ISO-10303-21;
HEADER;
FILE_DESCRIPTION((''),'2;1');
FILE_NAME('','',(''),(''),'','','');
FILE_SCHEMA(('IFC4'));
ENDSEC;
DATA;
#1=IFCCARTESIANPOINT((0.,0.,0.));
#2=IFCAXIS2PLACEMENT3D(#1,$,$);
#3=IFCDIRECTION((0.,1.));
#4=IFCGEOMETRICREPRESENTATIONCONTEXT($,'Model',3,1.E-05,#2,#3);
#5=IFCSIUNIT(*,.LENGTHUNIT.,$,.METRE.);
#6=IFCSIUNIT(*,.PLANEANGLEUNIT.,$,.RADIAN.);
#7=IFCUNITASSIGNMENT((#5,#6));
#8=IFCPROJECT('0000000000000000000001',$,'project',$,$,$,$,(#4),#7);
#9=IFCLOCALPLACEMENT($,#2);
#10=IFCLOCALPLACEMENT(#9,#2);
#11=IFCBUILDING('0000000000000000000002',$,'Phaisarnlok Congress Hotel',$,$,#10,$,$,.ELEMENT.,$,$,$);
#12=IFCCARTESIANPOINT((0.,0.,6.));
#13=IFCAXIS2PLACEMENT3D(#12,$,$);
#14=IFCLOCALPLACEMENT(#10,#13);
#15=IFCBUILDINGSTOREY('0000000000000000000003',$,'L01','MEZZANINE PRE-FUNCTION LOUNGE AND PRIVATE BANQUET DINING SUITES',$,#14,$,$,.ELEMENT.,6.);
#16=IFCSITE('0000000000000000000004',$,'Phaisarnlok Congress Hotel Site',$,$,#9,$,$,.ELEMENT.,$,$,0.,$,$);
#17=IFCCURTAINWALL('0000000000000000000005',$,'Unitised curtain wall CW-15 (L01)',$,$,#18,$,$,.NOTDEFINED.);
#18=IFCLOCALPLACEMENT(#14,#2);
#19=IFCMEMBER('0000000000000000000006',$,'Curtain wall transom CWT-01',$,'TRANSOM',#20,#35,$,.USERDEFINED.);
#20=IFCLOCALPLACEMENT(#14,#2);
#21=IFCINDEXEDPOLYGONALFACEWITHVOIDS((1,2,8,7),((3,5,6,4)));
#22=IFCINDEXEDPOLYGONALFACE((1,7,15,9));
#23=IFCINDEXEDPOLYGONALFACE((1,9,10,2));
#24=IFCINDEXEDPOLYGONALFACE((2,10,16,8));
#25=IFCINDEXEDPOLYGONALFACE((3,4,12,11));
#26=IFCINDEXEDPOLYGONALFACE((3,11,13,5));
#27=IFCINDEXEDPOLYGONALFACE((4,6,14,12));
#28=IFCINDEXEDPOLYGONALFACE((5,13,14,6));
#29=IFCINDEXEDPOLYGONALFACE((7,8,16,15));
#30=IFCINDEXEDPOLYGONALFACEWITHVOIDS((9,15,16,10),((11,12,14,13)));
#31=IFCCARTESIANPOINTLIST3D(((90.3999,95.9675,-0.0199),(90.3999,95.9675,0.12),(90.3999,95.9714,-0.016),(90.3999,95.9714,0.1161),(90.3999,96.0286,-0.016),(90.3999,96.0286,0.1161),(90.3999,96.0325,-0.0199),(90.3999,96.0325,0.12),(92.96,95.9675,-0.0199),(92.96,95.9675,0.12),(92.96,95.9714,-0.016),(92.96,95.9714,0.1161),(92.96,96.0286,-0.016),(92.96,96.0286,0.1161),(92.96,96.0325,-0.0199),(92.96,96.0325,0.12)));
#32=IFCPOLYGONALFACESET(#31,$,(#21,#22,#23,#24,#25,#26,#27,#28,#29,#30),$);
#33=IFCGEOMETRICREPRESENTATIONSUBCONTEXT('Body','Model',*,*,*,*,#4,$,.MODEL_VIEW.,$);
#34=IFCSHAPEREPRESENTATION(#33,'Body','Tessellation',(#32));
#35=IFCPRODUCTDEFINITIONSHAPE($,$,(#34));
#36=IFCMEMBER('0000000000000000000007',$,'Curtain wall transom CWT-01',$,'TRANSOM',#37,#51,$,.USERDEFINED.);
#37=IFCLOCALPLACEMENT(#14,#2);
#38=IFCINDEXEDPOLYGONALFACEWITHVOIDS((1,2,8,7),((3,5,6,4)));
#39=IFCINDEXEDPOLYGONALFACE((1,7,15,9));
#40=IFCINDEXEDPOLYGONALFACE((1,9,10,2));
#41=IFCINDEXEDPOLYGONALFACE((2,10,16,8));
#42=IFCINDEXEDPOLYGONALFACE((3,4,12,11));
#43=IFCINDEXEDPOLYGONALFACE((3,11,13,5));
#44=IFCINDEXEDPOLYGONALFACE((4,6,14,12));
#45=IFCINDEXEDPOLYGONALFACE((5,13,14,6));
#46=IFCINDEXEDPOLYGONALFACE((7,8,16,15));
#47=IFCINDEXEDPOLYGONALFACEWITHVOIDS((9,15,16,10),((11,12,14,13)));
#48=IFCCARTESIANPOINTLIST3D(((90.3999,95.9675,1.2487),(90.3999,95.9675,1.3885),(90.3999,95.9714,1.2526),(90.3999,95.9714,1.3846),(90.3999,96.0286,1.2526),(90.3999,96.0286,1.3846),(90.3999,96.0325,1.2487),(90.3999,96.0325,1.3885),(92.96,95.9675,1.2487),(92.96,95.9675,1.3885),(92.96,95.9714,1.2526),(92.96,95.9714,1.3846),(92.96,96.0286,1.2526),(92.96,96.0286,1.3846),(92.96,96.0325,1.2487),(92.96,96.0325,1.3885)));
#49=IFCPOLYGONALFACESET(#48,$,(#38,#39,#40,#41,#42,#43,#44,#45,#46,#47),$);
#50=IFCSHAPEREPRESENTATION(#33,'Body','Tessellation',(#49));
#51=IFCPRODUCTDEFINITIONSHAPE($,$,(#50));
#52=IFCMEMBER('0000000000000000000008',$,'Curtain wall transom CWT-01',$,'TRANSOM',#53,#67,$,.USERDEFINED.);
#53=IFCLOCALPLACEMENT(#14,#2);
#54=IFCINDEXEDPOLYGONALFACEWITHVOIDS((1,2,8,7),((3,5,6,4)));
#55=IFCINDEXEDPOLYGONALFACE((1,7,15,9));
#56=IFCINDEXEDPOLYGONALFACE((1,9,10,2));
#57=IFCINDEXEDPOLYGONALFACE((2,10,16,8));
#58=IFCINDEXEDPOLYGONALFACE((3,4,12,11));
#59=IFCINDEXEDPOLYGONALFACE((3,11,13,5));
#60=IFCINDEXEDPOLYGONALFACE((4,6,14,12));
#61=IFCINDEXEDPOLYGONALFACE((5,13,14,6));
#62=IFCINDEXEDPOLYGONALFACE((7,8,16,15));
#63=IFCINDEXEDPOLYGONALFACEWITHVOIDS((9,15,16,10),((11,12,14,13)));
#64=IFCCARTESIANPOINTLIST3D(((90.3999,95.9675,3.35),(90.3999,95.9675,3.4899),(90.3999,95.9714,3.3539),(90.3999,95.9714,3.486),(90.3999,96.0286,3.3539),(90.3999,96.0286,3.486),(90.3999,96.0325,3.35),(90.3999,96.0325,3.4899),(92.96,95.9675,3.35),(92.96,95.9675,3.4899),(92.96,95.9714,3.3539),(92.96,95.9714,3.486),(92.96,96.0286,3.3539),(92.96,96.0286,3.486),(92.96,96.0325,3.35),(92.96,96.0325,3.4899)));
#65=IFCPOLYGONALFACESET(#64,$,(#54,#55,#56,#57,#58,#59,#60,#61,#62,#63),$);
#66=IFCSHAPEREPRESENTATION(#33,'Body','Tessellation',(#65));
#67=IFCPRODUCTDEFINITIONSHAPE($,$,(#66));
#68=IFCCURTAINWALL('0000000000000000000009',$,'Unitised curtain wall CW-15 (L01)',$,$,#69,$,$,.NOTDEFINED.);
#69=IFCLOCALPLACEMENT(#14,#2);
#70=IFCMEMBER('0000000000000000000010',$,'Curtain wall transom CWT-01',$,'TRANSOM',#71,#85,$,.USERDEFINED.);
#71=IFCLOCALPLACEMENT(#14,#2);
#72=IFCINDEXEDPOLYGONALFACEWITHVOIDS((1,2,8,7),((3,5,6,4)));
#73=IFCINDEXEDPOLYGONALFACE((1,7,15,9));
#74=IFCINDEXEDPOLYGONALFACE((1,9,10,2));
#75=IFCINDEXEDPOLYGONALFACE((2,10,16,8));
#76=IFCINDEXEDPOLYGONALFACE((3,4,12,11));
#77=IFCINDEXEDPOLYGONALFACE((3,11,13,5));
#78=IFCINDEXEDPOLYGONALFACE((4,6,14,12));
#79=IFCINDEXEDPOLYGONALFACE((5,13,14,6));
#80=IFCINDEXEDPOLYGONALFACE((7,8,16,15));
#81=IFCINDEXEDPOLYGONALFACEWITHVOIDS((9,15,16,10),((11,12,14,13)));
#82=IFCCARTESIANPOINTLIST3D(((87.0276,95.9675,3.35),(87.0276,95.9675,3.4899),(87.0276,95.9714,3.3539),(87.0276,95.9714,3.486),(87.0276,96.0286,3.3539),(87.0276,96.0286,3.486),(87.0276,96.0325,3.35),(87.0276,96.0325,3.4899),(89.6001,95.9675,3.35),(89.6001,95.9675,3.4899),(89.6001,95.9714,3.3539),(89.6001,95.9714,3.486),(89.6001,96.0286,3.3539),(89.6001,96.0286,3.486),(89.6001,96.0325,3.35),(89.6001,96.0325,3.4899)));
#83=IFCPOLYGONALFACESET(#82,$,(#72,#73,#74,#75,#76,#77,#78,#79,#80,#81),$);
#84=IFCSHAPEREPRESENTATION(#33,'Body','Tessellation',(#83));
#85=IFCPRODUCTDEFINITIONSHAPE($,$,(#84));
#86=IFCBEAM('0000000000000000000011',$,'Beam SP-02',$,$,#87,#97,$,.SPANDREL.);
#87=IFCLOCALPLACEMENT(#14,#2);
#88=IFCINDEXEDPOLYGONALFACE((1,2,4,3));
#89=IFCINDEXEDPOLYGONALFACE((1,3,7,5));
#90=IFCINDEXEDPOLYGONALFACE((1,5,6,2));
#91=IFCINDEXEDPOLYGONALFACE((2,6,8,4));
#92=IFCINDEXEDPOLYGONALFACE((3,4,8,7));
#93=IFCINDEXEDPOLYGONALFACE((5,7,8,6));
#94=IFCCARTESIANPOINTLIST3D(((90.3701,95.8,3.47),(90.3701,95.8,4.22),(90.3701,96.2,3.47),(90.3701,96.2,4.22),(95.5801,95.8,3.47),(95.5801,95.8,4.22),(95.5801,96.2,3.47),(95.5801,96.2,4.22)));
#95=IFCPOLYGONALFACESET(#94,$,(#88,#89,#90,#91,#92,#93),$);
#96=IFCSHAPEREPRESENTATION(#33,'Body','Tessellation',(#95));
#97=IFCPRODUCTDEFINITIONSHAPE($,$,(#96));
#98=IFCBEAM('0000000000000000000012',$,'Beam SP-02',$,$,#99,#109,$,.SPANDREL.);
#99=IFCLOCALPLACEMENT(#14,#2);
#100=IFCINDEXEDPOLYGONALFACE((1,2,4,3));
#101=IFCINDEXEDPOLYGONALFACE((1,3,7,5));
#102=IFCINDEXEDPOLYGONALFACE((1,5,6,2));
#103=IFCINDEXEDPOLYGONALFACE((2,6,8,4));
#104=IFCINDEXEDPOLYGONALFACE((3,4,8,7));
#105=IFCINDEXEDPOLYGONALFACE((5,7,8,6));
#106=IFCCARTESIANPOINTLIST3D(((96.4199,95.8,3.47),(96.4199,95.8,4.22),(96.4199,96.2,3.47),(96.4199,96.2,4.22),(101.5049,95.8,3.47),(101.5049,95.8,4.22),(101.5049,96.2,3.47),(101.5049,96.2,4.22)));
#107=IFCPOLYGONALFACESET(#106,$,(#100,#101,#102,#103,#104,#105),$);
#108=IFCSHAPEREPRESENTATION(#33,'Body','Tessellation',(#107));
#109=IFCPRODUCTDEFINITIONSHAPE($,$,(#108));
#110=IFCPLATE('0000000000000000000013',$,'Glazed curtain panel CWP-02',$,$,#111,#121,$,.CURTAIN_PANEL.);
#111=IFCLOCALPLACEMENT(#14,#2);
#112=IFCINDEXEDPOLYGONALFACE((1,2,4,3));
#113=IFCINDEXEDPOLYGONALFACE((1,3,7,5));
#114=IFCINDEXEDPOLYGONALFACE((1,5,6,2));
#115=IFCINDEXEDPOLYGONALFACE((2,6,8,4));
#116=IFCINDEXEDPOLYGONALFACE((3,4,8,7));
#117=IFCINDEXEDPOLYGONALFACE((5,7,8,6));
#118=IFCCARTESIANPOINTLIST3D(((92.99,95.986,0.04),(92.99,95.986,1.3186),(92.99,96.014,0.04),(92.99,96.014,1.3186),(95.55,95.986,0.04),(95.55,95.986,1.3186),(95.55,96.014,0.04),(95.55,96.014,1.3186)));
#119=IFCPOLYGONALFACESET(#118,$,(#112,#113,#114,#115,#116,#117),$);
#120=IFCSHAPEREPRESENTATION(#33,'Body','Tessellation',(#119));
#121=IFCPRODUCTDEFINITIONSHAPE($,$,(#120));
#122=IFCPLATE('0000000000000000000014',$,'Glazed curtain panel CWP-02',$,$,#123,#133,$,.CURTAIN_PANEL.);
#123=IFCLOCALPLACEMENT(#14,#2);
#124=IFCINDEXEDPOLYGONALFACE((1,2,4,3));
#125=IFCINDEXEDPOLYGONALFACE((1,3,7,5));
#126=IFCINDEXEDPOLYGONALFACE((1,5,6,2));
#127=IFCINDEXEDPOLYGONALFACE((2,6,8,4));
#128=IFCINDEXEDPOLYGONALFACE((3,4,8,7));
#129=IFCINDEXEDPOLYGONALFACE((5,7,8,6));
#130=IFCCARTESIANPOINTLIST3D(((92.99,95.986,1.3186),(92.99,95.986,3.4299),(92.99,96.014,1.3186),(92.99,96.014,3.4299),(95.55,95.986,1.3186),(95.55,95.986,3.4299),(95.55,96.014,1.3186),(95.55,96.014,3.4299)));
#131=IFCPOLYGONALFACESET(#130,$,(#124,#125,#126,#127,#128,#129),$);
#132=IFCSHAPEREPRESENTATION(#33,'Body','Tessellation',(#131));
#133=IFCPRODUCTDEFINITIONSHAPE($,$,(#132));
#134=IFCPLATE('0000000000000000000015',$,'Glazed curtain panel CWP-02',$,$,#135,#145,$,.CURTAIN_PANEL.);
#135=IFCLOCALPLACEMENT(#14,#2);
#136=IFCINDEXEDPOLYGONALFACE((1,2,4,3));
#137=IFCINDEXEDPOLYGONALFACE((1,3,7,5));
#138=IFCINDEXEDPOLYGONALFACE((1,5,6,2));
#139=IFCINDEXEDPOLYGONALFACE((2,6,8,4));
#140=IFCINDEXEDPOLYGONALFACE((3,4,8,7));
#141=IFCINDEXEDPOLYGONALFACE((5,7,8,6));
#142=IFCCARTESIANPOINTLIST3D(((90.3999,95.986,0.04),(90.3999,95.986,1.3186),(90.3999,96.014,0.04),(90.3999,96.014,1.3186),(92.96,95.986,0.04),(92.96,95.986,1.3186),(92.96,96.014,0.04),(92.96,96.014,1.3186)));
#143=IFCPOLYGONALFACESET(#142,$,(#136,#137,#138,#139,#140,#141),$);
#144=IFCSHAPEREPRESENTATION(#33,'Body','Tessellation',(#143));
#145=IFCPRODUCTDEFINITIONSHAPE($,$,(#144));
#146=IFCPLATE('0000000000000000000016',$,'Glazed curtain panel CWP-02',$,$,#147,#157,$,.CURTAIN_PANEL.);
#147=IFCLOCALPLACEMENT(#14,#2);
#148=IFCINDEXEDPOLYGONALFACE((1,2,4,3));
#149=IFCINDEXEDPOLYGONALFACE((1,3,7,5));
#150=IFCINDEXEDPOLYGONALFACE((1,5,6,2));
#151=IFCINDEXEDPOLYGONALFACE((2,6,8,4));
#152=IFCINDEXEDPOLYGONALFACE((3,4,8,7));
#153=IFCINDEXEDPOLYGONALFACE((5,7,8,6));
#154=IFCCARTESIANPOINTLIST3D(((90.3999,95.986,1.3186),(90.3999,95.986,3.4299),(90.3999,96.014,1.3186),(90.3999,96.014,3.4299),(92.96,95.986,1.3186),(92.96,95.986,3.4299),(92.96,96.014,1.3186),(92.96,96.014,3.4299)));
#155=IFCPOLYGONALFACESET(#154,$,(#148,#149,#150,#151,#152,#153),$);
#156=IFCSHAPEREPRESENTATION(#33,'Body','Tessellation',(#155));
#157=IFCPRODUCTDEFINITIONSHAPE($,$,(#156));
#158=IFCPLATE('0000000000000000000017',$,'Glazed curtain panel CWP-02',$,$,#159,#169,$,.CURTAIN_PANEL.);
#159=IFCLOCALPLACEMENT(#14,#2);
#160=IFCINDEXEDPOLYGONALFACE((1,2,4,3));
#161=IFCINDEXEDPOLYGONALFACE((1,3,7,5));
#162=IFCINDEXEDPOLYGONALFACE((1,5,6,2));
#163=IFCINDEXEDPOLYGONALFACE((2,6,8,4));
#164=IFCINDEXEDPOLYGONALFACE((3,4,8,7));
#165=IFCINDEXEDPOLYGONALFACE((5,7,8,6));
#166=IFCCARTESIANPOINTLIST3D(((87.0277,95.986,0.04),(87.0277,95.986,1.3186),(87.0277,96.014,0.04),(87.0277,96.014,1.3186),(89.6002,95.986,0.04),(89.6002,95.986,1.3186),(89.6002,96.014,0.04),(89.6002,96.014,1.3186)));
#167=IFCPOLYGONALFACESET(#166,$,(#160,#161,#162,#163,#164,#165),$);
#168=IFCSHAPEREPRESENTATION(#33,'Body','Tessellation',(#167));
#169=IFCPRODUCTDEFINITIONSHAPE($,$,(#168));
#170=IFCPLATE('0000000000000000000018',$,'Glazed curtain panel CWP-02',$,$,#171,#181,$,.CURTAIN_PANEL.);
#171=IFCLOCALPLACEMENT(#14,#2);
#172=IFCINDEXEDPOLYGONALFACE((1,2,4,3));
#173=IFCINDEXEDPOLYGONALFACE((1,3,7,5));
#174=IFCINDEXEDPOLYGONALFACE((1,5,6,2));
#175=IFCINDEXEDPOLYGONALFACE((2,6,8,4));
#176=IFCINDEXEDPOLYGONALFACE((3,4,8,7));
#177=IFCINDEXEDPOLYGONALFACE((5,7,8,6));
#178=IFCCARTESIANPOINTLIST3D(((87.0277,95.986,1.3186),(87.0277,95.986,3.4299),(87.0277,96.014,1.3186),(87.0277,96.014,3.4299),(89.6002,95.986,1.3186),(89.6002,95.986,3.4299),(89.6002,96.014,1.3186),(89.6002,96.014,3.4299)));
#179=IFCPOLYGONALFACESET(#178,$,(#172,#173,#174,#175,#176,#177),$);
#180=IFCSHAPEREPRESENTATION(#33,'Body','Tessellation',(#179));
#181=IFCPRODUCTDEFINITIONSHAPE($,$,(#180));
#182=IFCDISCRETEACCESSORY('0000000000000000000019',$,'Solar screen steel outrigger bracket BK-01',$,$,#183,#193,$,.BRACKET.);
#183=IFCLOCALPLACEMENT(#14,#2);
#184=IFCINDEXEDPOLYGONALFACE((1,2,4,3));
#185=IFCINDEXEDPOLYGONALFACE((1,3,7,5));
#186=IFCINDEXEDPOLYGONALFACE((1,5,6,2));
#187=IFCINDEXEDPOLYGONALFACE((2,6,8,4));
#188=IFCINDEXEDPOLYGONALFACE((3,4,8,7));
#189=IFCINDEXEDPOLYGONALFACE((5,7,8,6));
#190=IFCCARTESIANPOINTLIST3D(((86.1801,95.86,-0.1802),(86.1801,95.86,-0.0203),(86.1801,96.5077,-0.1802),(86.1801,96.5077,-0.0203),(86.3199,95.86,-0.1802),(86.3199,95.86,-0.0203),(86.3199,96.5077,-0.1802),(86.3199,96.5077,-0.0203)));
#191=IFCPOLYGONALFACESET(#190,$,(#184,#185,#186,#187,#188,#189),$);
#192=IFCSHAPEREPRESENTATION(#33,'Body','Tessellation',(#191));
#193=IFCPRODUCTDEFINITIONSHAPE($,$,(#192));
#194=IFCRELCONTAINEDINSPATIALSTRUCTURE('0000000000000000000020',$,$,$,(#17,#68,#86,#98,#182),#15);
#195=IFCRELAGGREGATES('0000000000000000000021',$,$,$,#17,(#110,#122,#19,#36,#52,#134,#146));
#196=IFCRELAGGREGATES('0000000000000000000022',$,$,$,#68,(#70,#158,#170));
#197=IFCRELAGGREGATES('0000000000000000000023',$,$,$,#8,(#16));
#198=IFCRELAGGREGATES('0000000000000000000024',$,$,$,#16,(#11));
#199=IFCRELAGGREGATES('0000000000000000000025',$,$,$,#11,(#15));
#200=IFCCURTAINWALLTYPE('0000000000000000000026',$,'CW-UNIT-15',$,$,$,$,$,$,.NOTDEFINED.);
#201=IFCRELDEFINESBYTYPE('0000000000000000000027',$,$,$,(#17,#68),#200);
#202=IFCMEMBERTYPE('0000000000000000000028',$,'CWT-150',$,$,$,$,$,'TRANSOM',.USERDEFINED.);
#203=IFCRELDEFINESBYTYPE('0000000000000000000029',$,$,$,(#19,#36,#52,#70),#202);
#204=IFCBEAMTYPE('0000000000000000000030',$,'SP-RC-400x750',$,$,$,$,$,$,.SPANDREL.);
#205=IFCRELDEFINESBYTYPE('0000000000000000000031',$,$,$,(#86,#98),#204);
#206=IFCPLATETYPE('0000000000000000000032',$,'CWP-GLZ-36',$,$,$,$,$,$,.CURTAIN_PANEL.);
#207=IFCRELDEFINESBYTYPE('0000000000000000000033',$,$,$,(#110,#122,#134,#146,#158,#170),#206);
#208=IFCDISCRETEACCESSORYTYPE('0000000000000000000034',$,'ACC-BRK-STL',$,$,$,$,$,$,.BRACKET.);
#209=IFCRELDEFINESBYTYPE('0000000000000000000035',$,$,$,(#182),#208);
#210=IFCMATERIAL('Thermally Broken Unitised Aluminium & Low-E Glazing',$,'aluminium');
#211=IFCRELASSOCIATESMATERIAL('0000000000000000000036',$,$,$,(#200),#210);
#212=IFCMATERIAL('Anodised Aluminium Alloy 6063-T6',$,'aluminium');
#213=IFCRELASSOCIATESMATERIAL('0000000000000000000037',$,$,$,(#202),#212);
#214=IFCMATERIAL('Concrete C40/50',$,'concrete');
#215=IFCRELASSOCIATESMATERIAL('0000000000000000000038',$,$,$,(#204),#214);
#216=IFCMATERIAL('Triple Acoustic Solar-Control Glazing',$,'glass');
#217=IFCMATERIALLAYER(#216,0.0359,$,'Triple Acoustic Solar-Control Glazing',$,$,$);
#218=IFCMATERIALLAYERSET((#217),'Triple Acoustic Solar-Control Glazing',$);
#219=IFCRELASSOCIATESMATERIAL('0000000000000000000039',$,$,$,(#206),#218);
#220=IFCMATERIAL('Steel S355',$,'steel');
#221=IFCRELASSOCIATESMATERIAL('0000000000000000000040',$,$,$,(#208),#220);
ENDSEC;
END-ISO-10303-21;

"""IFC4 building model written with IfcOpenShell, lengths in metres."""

from ifc_helpers import new_model, si_unit, direction, frame, frame_2d, origin, origin_2d, place, context, subcontext, project, spatial, rectangle, hollow_rectangle, extrude, material, layer, layer_set, material_profile, profile_set, type_object, element, aggregate, save


model = new_model("IFC4")

# Units and contexts
model_context = context("Model", 3, precision=1e-05, world=origin(), true_north=direction((0.0, 1.0)))
body_context = subcontext(model_context, "Body", "Model", "MODEL_VIEW")
ifc_project = project(units=[si_unit("LENGTHUNIT", "METRE"), si_unit("PLANEANGLEUNIT", "RADIAN")], contexts=[model_context])

# Site, building, storey
site_placement = place(None, origin())
site = spatial("IfcSite", under=ifc_project, at=site_placement, Name="Phaisarnlok Congress Hotel Site", CompositionType="ELEMENT", RefElevation=0.0)
building_placement = place(site_placement, origin())
building = spatial("IfcBuilding", under=site, at=building_placement, Name="Phaisarnlok Congress Hotel", CompositionType="ELEMENT")
storey_placement = place(building_placement, frame((0.0, 0.0, 6.0)))
storey = spatial("IfcBuildingStorey", under=building, at=storey_placement, Name="L01", Description="MEZZANINE PRE-FUNCTION LOUNGE AND PRIVATE BANQUET DINING SUITES", CompositionType="ELEMENT", Elevation=6.0)

# Shared definitions
ifc_material_1 = material(Name="Thermally Broken Unitised Aluminium & Low-E Glazing", Category="aluminium")
ifc_material_2 = material(Name="Anodised Aluminium Alloy 6063-T6", Category="aluminium")

# Curtain wall, members
curtain_wall_type_1 = type_object("IfcCurtainWallType", Name="CW-UNIT-15", PredefinedType="NOTDEFINED", material=ifc_material_1)
curtain_wall_1_placement = place(storey_placement, origin())
curtain_wall_1 = element("IfcCurtainWall", 1, at=curtain_wall_1_placement, inside=storey, type_object=curtain_wall_type_1, Name="Unitised curtain wall CW-15 (L01)", PredefinedType="NOTDEFINED")
ifc_material_profile_1 = material_profile(ifc_material_2, hollow_rectangle(XDim=0.0649, YDim=0.1399, WallThickness=0.0039, at=origin_2d()), Name="ALU-T 65x140x4")
ifc_profile_set_1 = profile_set([ifc_material_profile_1], Name="Anodised Aluminium Alloy 6063-T6")
member_type_1 = type_object("IfcMemberType", Name="CWT-150", ElementType="TRANSOM", PredefinedType="USERDEFINED", material=ifc_profile_set_1)
member_1_placement = place(storey_placement, frame((92.96, 96.0, 0.05), z_axis=(-1.0, 0.0, 0.0), x_axis=(0.0, -1.0, 0.0)))
member_1 = element("IfcMember", 2, at=member_1_placement, type_object=member_type_1, Name="Curtain wall transom CWT-01", ObjectType="TRANSOM", PredefinedType="USERDEFINED", context=body_context, shape_type="SweptSolid", body=[
    extrude(hollow_rectangle(XDim=0.0649, YDim=0.1399, WallThickness=0.0039, at=origin_2d()), origin(), (0.0, 0.0, 1.0), 2.5601),
])
member_2_placement = place(storey_placement, frame((92.96, 96.0, 1.3186), z_axis=(-1.0, 0.0, 0.0), x_axis=(0.0, -1.0, 0.0)))
member_2 = element("IfcMember", 3, at=member_2_placement, type_object=member_type_1, Name="Curtain wall transom CWT-01", ObjectType="TRANSOM", PredefinedType="USERDEFINED", context=body_context, shape_type="SweptSolid", body=[
    extrude(hollow_rectangle(XDim=0.0649, YDim=0.1399, WallThickness=0.0039, at=origin_2d()), origin(), (0.0, 0.0, 1.0), 2.5601),
])
member_3_placement = place(storey_placement, frame((92.96, 96.0, 3.4199), z_axis=(-1.0, 0.0, 0.0), x_axis=(0.0, -1.0, 0.0)))
member_3 = element("IfcMember", 4, at=member_3_placement, type_object=member_type_1, Name="Curtain wall transom CWT-01", ObjectType="TRANSOM", PredefinedType="USERDEFINED", context=body_context, shape_type="SweptSolid", body=[
    extrude(hollow_rectangle(XDim=0.0649, YDim=0.1399, WallThickness=0.0039, at=origin_2d()), origin(), (0.0, 0.0, 1.0), 2.5601),
])

# Curtain wall, member
curtain_wall_2_placement = place(storey_placement, origin())
curtain_wall_2 = element("IfcCurtainWall", 5, at=curtain_wall_2_placement, inside=storey, type_object=curtain_wall_type_1, Name="Unitised curtain wall CW-15 (L01)", PredefinedType="NOTDEFINED")
member_4_placement = place(storey_placement, frame((89.6001, 96.0, 3.4199), z_axis=(-1.0, 0.0, 0.0), x_axis=(0.0, -1.0, 0.0)))
member_4 = element("IfcMember", 6, at=member_4_placement, type_object=member_type_1, Name="Curtain wall transom CWT-01", ObjectType="TRANSOM", PredefinedType="USERDEFINED", context=body_context, shape_type="SweptSolid", body=[
    extrude(hollow_rectangle(XDim=0.0649, YDim=0.1399, WallThickness=0.0039, at=origin_2d()), origin(), (0.0, 0.0, 1.0), 2.5725),
])

# Beams
ifc_material_3 = material(Name="Concrete C40/50", Category="concrete")
ifc_material_profile_2 = material_profile(ifc_material_3, rectangle(XDim=0.3999, YDim=0.75, at=origin_2d()), Name="RC 400x750")
ifc_profile_set_2 = profile_set([ifc_material_profile_2], Name="Concrete C40/50")
beam_type = type_object("IfcBeamType", Name="SP-RC-400x750", PredefinedType="SPANDREL", material=ifc_profile_set_2)
beam_1_placement = place(storey_placement, frame((90.3701, 96.0, 3.845), z_axis=(1.0, 0.0, 0.0), x_axis=(0.0, 1.0, 0.0)))
element("IfcBeam", 7, at=beam_1_placement, inside=storey, type_object=beam_type, Name="Beam SP-02", PredefinedType="SPANDREL", context=body_context, shape_type="SweptSolid", body=[
    extrude(rectangle(XDim=0.3999, YDim=0.75, at=origin_2d()), origin(), (0.0, 0.0, 1.0), 5.21),
])
beam_2_placement = place(storey_placement, frame((96.4199, 96.0, 3.845), z_axis=(1.0, 0.0, 0.0), x_axis=(0.0, 1.0, 0.0)))
element("IfcBeam", 8, at=beam_2_placement, inside=storey, type_object=beam_type, Name="Beam SP-02", PredefinedType="SPANDREL", context=body_context, shape_type="SweptSolid", body=[
    extrude(rectangle(XDim=0.3999, YDim=0.75, at=origin_2d()), origin(), (0.0, 0.0, 1.0), 5.085),
])

# Plates
ifc_material_4 = material(Name="Triple Acoustic Solar-Control Glazing", Category="glass")
ifc_layer = layer(ifc_material_4, 0.0359, Name="Triple Acoustic Solar-Control Glazing")
ifc_layer_set = layer_set([ifc_layer], Name="Triple Acoustic Solar-Control Glazing")
plate_type = type_object("IfcPlateType", Name="CWP-GLZ-36", PredefinedType="CURTAIN_PANEL", material=ifc_layer_set)
plate_1_placement = place(storey_placement, frame((95.55, 96.0, 0.04), z_axis=(0.0, 0.0, 1.0), x_axis=(-1.0, 0.0, 0.0)))
plate_1 = element("IfcPlate", 9, at=plate_1_placement, type_object=plate_type, Name="Glazed curtain panel CWP-02", PredefinedType="CURTAIN_PANEL", context=body_context, shape_type="SweptSolid", body=[
    extrude(rectangle(XDim=2.5601, YDim=0.0281, at=frame_2d((1.28, 0.0))), origin(), (0.0, 0.0, 1.0), 1.2786),
])
plate_2_placement = place(storey_placement, frame((95.55, 96.0, 1.3186), z_axis=(0.0, 0.0, 1.0), x_axis=(-1.0, 0.0, 0.0)))
plate_2 = element("IfcPlate", 10, at=plate_2_placement, type_object=plate_type, Name="Glazed curtain panel CWP-02", PredefinedType="CURTAIN_PANEL", context=body_context, shape_type="SweptSolid", body=[
    extrude(rectangle(XDim=2.5601, YDim=0.0281, at=frame_2d((1.28, 0.0))), origin(), (0.0, 0.0, 1.0), 2.1113),
])
plate_3_placement = place(storey_placement, frame((92.96, 96.0, 0.04), z_axis=(0.0, 0.0, 1.0), x_axis=(-1.0, 0.0, 0.0)))
plate_3 = element("IfcPlate", 11, at=plate_3_placement, type_object=plate_type, Name="Glazed curtain panel CWP-02", PredefinedType="CURTAIN_PANEL", context=body_context, shape_type="SweptSolid", body=[
    extrude(rectangle(XDim=2.5601, YDim=0.0281, at=frame_2d((1.28, 0.0))), origin(), (0.0, 0.0, 1.0), 1.2786),
])
plate_4_placement = place(storey_placement, frame((92.96, 96.0, 1.3186), z_axis=(0.0, 0.0, 1.0), x_axis=(-1.0, 0.0, 0.0)))
plate_4 = element("IfcPlate", 12, at=plate_4_placement, type_object=plate_type, Name="Glazed curtain panel CWP-02", PredefinedType="CURTAIN_PANEL", context=body_context, shape_type="SweptSolid", body=[
    extrude(rectangle(XDim=2.5601, YDim=0.0281, at=frame_2d((1.28, 0.0))), origin(), (0.0, 0.0, 1.0), 2.1113),
])
aggregate(curtain_wall_1, [plate_1, plate_2, member_1, member_2, member_3, plate_3, plate_4])
plate_5_placement = place(storey_placement, frame((89.6001, 96.0, 0.04), z_axis=(0.0, 0.0, 1.0), x_axis=(-1.0, 0.0, 0.0)))
plate_5 = element("IfcPlate", 13, at=plate_5_placement, type_object=plate_type, Name="Glazed curtain panel CWP-02", PredefinedType="CURTAIN_PANEL", context=body_context, shape_type="SweptSolid", body=[
    extrude(rectangle(XDim=2.5725, YDim=0.0281, at=frame_2d((1.2861, 0.0))), origin(), (0.0, 0.0, 1.0), 1.2786),
])
plate_6_placement = place(storey_placement, frame((89.6001, 96.0, 1.3186), z_axis=(0.0, 0.0, 1.0), x_axis=(-1.0, 0.0, 0.0)))
plate_6 = element("IfcPlate", 14, at=plate_6_placement, type_object=plate_type, Name="Glazed curtain panel CWP-02", PredefinedType="CURTAIN_PANEL", context=body_context, shape_type="SweptSolid", body=[
    extrude(rectangle(XDim=2.5725, YDim=0.0281, at=frame_2d((1.2861, 0.0))), origin(), (0.0, 0.0, 1.0), 2.1113),
])
aggregate(curtain_wall_2, [member_4, plate_5, plate_6])

# Discrete accessory
ifc_material_5 = material(Name="Steel S355", Category="steel")
discrete_accessory_type = type_object("IfcDiscreteAccessoryType", Name="ACC-BRK-STL", PredefinedType="BRACKET", material=ifc_material_5)
for number, where, z_axis, x_axis, name in (
    (15, (86.25, 96.1838, -0.1802), (0.0, 0.0, 1.0), (1.0, 0.0, 0.0), "Solar screen steel outrigger bracket BK-01"),
):
    element("IfcDiscreteAccessory", number, at=place(storey_placement, frame(where, z_axis=z_axis, x_axis=x_axis)), inside=storey, type_object=discrete_accessory_type, Name=name, PredefinedType="BRACKET", context=body_context, shape_type="SweptSolid", body=[
        extrude(rectangle(XDim=0.1399, YDim=0.6477, at=origin_2d()), origin(), (0.0, 0.0, 1.0), 0.1599),
    ])

save(model, "model.ifc")
